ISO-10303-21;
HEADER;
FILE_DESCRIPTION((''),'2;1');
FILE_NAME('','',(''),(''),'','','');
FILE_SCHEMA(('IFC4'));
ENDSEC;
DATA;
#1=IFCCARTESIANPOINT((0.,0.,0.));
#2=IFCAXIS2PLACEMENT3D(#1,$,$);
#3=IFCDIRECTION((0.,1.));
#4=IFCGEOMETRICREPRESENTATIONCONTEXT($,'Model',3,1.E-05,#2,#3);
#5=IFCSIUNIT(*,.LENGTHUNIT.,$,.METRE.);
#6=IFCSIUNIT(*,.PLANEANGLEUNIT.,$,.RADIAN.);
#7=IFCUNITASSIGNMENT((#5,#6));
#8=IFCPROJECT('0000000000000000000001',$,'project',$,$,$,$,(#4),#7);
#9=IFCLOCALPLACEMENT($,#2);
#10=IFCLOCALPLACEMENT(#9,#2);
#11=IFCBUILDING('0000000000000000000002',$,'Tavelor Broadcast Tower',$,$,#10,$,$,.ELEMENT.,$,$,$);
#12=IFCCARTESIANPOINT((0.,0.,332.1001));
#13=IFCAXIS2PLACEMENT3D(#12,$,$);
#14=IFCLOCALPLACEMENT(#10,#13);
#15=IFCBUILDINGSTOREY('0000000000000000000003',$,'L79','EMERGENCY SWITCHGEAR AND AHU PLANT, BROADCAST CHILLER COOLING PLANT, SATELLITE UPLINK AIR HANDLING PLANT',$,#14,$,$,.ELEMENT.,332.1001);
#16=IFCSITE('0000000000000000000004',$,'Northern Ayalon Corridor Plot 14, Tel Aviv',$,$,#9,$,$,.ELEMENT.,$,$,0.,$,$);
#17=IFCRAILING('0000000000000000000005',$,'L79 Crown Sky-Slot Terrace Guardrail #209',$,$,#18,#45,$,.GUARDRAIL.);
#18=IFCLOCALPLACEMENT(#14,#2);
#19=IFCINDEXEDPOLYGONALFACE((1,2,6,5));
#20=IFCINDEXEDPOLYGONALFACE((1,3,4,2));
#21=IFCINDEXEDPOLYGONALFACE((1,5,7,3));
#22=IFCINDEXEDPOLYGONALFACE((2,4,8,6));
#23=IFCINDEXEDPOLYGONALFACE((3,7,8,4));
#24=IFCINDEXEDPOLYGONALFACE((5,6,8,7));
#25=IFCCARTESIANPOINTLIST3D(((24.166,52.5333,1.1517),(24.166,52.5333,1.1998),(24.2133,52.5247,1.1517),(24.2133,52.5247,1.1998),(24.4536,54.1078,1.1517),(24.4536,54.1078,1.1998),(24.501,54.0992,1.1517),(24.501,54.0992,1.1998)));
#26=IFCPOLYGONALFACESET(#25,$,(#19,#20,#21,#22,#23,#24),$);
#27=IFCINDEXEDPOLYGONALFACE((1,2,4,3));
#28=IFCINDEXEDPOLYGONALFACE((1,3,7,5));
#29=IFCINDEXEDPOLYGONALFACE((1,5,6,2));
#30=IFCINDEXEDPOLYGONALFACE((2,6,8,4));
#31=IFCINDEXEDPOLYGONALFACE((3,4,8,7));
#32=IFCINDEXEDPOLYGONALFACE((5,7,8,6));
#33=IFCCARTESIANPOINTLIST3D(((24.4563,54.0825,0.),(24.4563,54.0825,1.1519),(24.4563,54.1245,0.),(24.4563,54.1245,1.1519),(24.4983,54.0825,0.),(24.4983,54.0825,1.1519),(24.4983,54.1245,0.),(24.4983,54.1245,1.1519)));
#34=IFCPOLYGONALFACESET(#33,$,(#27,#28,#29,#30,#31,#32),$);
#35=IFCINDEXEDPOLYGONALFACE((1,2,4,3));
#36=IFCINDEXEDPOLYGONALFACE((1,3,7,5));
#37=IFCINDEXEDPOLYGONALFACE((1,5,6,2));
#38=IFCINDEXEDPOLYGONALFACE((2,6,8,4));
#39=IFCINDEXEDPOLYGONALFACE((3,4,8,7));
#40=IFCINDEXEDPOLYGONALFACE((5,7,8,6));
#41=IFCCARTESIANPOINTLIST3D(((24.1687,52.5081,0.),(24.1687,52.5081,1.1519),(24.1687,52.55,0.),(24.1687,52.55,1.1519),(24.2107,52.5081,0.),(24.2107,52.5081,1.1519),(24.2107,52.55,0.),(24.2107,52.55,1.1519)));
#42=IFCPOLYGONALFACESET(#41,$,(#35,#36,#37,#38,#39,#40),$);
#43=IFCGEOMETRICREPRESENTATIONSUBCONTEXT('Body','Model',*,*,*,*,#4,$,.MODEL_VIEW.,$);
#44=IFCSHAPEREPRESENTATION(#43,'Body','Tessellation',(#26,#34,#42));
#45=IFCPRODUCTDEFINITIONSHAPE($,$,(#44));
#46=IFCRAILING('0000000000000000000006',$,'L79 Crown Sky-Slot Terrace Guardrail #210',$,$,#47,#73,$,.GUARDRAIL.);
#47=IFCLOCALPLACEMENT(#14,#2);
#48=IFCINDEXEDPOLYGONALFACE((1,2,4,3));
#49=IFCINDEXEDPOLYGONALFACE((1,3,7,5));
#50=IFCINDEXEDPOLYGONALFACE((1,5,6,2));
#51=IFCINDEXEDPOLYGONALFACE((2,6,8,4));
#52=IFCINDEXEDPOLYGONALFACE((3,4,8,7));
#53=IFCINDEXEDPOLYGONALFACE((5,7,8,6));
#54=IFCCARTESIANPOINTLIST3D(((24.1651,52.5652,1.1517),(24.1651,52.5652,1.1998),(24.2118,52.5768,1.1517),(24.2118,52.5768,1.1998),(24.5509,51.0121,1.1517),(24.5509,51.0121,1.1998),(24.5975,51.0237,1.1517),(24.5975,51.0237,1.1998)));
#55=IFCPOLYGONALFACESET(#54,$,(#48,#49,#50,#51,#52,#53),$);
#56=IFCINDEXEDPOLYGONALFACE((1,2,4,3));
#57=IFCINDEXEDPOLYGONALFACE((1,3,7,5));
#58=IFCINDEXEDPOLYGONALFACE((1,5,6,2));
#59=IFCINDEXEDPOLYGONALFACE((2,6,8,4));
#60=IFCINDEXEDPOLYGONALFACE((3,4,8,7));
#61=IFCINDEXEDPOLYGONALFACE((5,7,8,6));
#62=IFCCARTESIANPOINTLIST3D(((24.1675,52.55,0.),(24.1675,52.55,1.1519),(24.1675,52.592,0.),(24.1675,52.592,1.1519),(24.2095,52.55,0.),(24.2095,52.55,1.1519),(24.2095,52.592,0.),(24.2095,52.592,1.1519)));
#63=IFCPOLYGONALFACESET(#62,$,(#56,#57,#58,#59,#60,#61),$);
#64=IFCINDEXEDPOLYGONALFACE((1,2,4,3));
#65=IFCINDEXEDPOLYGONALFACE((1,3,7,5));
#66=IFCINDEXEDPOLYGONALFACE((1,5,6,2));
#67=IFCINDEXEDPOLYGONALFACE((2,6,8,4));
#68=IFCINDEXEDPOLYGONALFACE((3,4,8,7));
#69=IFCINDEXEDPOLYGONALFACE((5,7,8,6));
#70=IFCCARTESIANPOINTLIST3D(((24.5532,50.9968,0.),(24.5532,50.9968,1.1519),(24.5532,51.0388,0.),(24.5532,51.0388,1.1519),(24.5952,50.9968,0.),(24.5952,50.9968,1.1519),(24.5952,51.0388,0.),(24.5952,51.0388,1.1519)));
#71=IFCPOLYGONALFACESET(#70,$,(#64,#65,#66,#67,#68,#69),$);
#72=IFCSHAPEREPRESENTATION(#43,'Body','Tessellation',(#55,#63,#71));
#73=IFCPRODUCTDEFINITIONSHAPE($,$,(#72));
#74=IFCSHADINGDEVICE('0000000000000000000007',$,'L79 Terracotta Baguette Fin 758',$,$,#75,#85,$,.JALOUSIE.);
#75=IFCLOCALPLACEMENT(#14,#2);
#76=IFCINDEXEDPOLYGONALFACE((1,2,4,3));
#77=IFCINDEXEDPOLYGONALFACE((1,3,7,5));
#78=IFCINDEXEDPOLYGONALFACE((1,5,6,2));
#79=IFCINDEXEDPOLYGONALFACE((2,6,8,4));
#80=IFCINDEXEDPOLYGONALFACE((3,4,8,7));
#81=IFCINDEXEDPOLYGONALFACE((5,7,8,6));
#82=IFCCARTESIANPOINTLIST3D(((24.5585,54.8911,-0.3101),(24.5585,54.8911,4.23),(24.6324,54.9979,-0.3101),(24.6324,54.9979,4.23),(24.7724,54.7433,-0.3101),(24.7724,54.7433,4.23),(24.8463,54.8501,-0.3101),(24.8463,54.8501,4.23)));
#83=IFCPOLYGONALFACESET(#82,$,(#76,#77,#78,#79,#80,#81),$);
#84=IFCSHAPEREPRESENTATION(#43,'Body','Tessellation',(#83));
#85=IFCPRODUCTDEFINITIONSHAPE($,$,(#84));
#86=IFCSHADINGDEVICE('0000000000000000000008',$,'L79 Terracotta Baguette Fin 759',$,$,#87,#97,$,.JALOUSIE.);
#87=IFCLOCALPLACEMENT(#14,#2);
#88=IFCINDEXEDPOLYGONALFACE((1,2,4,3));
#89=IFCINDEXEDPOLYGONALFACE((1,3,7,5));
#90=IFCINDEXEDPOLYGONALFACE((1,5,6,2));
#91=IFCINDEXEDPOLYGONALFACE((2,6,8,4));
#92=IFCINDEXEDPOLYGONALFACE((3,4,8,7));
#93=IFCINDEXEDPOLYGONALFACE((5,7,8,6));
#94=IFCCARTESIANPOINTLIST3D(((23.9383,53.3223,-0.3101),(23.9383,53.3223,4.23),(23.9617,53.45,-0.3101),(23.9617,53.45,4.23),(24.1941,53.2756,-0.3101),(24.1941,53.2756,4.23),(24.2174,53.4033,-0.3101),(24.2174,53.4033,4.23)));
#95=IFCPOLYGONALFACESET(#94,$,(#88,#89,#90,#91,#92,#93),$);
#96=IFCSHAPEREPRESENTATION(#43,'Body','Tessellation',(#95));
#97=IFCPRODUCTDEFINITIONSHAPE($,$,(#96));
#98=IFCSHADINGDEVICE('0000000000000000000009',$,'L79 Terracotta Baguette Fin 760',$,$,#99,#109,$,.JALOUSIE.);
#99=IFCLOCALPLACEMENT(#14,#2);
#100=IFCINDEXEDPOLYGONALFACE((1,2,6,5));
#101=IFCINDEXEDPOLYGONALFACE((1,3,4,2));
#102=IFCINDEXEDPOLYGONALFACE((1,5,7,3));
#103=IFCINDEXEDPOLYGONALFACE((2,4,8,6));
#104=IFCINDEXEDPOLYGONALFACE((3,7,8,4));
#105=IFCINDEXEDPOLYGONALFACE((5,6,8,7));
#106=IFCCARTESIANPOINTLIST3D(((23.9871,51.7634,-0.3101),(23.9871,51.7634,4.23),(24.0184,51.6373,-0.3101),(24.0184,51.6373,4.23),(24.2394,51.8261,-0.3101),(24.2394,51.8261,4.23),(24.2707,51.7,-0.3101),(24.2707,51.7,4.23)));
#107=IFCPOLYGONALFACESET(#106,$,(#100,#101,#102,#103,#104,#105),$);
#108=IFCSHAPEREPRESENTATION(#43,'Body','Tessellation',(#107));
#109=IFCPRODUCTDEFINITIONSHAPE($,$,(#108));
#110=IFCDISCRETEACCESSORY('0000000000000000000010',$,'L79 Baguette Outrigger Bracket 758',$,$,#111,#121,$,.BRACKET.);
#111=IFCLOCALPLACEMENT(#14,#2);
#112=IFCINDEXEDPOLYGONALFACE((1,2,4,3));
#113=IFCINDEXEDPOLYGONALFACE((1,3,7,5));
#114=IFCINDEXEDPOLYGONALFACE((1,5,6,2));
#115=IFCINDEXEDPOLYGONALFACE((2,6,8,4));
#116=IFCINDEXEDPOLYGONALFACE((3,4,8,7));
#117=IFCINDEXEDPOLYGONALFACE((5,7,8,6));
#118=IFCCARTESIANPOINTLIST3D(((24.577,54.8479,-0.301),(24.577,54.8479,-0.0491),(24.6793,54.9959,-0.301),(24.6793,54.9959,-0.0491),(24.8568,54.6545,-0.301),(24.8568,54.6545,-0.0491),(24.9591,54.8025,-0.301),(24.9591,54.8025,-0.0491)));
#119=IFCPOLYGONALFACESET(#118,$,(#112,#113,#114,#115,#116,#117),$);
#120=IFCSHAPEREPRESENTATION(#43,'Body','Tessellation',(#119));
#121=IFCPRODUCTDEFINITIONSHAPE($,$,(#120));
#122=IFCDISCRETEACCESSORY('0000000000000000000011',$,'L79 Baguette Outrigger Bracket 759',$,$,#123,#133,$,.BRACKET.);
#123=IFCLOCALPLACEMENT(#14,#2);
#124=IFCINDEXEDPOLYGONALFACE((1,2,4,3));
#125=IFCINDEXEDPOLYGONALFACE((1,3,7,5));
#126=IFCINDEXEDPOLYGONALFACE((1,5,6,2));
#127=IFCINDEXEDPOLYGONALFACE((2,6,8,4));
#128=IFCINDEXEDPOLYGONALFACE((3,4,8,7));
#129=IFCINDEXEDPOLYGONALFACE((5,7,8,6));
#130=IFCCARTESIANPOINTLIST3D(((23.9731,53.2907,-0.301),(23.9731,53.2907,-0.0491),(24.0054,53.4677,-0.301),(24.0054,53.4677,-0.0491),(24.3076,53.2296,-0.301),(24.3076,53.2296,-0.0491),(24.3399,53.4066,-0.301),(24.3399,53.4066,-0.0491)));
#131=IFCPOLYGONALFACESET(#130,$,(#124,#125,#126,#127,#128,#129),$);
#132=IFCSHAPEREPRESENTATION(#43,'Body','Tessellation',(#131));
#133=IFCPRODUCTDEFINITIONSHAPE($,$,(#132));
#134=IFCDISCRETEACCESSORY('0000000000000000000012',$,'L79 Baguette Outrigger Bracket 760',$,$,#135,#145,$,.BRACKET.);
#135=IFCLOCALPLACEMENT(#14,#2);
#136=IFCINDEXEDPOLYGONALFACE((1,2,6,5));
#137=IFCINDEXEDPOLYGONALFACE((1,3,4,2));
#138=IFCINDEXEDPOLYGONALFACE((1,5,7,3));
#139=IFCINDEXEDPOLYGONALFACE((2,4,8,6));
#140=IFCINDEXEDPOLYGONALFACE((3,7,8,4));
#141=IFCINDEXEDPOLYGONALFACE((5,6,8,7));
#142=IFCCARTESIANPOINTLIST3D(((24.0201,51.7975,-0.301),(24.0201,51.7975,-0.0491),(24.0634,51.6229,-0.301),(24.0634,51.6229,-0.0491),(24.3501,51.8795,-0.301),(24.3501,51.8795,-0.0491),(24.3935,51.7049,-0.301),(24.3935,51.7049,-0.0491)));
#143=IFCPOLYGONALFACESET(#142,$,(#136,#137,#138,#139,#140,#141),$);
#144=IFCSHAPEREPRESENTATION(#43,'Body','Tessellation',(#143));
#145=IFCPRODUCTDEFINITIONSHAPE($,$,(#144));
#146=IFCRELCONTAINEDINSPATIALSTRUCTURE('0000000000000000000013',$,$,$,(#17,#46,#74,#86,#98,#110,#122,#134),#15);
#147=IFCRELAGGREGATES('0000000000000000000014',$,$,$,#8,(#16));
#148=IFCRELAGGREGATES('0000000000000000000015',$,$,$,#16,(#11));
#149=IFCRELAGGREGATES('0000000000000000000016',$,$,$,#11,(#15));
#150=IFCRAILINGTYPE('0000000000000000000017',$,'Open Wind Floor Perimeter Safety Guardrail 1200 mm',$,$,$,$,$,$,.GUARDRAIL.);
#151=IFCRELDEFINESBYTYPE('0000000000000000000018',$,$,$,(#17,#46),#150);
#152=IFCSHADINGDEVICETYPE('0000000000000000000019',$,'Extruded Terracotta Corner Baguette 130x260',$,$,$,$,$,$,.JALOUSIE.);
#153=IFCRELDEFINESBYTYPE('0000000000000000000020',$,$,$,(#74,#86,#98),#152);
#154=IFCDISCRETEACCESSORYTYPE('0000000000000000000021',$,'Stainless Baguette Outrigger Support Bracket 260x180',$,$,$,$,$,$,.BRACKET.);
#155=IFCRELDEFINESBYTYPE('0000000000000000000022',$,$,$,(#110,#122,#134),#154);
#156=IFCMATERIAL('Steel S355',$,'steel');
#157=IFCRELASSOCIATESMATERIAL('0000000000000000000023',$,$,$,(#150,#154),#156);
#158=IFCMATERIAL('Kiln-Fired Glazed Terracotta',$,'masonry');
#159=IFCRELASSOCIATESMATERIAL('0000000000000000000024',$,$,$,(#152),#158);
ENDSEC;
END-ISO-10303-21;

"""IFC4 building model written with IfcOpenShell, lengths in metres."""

from ifc_helpers import new_model, si_unit, direction, frame, origin, origin_2d, place, context, subcontext, project, spatial, rectangle, extrude, source, transform, mapped, material, type_object, type_shapes, element, save


model = new_model("IFC4")

# Units and contexts
model_context = context("Model", 3, precision=1e-05, world=origin(), true_north=direction((0.0, 1.0)))
body_context = subcontext(model_context, "Body", "Model", "MODEL_VIEW")
ifc_project = project(units=[si_unit("LENGTHUNIT", "METRE"), si_unit("PLANEANGLEUNIT", "RADIAN")], contexts=[model_context])

# Site, building, storey
site_placement = place(None, origin())
site = spatial("IfcSite", under=ifc_project, at=site_placement, Name="Northern Ayalon Corridor Plot 14, Tel Aviv", CompositionType="ELEMENT", RefElevation=0.0)
building_placement = place(site_placement, origin())
building = spatial("IfcBuilding", under=site, at=building_placement, Name="Tavelor Broadcast Tower", CompositionType="ELEMENT")
storey_placement = place(building_placement, frame((0.0, 0.0, 332.1001)))
storey = spatial("IfcBuildingStorey", under=building, at=storey_placement, Name="L79", Description="EMERGENCY SWITCHGEAR AND AHU PLANT, BROADCAST CHILLER COOLING PLANT, SATELLITE UPLINK AIR HANDLING PLANT", CompositionType="ELEMENT", Elevation=332.1001)

# Railings
ifc_material_1 = material(Name="Steel S355", Category="steel")
railing_type = type_object("IfcRailingType", Name="Open Wind Floor Perimeter Safety Guardrail 1200 mm", PredefinedType="GUARDRAIL", material=ifc_material_1)
railing_1_placement = place(storey_placement, frame((24.4773, 54.1035, 0.0)))
element("IfcRailing", 1, at=railing_1_placement, inside=storey, type_object=railing_type, Name="L79 Crown Sky-Slot Terrace Guardrail #209", PredefinedType="GUARDRAIL", context=body_context, shape_type="SweptSolid", body=[
    extrude(rectangle(XDim=0.0481, YDim=0.0481, at=origin_2d()), frame((0.0, 0.0, 1.1758), z_axis=(-0.179691, -0.983723, 0.0), x_axis=(0.983723, -0.179691, 0.0)), (0.0, 0.0, 1.0), 1.6006),
    extrude(rectangle(XDim=0.042, YDim=0.042, at=origin_2d()), origin(), (0.0, 0.0, 1.0), 1.1519),
    extrude(rectangle(XDim=0.042, YDim=0.042, at=origin_2d()), frame((-0.2876, -1.5745, 0.0)), (0.0, 0.0, 1.0), 1.1519),
])
railing_2_placement = place(storey_placement, frame((24.1885, 52.571, 0.0)))
element("IfcRailing", 2, at=railing_2_placement, inside=storey, type_object=railing_type, Name="L79 Crown Sky-Slot Terrace Guardrail #210", PredefinedType="GUARDRAIL", context=body_context, shape_type="SweptSolid", body=[
    extrude(rectangle(XDim=0.0481, YDim=0.0481, at=origin_2d()), frame((0.0, 0.0, 1.1758), z_axis=(0.241028, -0.970518, 0.0), x_axis=(0.970518, 0.241028, 0.0)), (0.0, 0.0, 1.0), 1.6003),
    extrude(rectangle(XDim=0.042, YDim=0.042, at=origin_2d()), origin(), (0.0, 0.0, 1.0), 1.1519),
    extrude(rectangle(XDim=0.042, YDim=0.042, at=origin_2d()), frame((0.3857, -1.5532, 0.0)), (0.0, 0.0, 1.0), 1.1519),
])

# Shading devices
ifc_material_2 = material(Name="Kiln-Fired Glazed Terracotta", Category="masonry")
shading_device_type = type_object("IfcShadingDeviceType", Name="Extruded Terracotta Corner Baguette 130x260", PredefinedType="JALOUSIE", material=ifc_material_2)
shared_shape_1 = source(origin(), body_context, "Body", "SweptSolid", [
    extrude(rectangle(XDim=0.1299, YDim=0.26, at=origin_2d()), origin(), (0.0, 0.0, 1.0), 4.54),
])
type_shapes(shading_device_type, [shared_shape_1])
for number, where, z_axis, x_axis, name in (
    (3, (24.7024, 54.8706, -0.3101), (0.0, 0.0, 1.0), (-0.568562, -0.822641, 0.0), "L79 Terracotta Baguette Fin 758"),
    (4, (24.0779, 53.3628, -0.3101), (0.0, 0.0, 1.0), (-0.179661, -0.983729, 0.0), "L79 Terracotta Baguette Fin 759"),
    (5, (24.1289, 51.7317, -0.3101), (0.0, 0.0, 1.0), (0.241075, -0.970506, 0.0), "L79 Terracotta Baguette Fin 760"),
):
    element("IfcShadingDevice", number, at=place(storey_placement, frame(where, z_axis=z_axis, x_axis=x_axis)), inside=storey, type_object=shading_device_type, Name=name, PredefinedType="JALOUSIE", context=body_context, shape_type="MappedRepresentation", body=[
        mapped(shared_shape_1, transform((0.0, 0.0, 0.0), scale=1.0)),
    ])

# Discrete accessories
discrete_accessory_type = type_object("IfcDiscreteAccessoryType", Name="Stainless Baguette Outrigger Support Bracket 260x180", PredefinedType="BRACKET", material=ifc_material_1)
shared_shape_2 = source(origin(), body_context, "Body", "SweptSolid", [
    extrude(rectangle(XDim=0.1799, YDim=0.3401, at=origin_2d()), origin(), (0.0, 0.0, 1.0), 0.252),
])
type_shapes(discrete_accessory_type, [shared_shape_2])
for number, where, z_axis, x_axis, name in (
    (6, (24.7681, 54.8252, -0.301), (0.0, 0.0, 1.0), (-0.568562, -0.822641, 0.0), "L79 Baguette Outrigger Bracket 758"),
    (7, (24.1565, 53.3486, -0.301), (0.0, 0.0, 1.0), (-0.179661, -0.983729, 0.0), "L79 Baguette Outrigger Bracket 759"),
    (8, (24.2068, 51.7512, -0.301), (0.0, 0.0, 1.0), (0.241075, -0.970506, 0.0), "L79 Baguette Outrigger Bracket 760"),
):
    element("IfcDiscreteAccessory", number, at=place(storey_placement, frame(where, z_axis=z_axis, x_axis=x_axis)), inside=storey, type_object=discrete_accessory_type, Name=name, PredefinedType="BRACKET", context=body_context, shape_type="MappedRepresentation", body=[
        mapped(shared_shape_2, transform((0.0, 0.0, 0.0), scale=1.0)),
    ])

save(model, "model.ifc")
